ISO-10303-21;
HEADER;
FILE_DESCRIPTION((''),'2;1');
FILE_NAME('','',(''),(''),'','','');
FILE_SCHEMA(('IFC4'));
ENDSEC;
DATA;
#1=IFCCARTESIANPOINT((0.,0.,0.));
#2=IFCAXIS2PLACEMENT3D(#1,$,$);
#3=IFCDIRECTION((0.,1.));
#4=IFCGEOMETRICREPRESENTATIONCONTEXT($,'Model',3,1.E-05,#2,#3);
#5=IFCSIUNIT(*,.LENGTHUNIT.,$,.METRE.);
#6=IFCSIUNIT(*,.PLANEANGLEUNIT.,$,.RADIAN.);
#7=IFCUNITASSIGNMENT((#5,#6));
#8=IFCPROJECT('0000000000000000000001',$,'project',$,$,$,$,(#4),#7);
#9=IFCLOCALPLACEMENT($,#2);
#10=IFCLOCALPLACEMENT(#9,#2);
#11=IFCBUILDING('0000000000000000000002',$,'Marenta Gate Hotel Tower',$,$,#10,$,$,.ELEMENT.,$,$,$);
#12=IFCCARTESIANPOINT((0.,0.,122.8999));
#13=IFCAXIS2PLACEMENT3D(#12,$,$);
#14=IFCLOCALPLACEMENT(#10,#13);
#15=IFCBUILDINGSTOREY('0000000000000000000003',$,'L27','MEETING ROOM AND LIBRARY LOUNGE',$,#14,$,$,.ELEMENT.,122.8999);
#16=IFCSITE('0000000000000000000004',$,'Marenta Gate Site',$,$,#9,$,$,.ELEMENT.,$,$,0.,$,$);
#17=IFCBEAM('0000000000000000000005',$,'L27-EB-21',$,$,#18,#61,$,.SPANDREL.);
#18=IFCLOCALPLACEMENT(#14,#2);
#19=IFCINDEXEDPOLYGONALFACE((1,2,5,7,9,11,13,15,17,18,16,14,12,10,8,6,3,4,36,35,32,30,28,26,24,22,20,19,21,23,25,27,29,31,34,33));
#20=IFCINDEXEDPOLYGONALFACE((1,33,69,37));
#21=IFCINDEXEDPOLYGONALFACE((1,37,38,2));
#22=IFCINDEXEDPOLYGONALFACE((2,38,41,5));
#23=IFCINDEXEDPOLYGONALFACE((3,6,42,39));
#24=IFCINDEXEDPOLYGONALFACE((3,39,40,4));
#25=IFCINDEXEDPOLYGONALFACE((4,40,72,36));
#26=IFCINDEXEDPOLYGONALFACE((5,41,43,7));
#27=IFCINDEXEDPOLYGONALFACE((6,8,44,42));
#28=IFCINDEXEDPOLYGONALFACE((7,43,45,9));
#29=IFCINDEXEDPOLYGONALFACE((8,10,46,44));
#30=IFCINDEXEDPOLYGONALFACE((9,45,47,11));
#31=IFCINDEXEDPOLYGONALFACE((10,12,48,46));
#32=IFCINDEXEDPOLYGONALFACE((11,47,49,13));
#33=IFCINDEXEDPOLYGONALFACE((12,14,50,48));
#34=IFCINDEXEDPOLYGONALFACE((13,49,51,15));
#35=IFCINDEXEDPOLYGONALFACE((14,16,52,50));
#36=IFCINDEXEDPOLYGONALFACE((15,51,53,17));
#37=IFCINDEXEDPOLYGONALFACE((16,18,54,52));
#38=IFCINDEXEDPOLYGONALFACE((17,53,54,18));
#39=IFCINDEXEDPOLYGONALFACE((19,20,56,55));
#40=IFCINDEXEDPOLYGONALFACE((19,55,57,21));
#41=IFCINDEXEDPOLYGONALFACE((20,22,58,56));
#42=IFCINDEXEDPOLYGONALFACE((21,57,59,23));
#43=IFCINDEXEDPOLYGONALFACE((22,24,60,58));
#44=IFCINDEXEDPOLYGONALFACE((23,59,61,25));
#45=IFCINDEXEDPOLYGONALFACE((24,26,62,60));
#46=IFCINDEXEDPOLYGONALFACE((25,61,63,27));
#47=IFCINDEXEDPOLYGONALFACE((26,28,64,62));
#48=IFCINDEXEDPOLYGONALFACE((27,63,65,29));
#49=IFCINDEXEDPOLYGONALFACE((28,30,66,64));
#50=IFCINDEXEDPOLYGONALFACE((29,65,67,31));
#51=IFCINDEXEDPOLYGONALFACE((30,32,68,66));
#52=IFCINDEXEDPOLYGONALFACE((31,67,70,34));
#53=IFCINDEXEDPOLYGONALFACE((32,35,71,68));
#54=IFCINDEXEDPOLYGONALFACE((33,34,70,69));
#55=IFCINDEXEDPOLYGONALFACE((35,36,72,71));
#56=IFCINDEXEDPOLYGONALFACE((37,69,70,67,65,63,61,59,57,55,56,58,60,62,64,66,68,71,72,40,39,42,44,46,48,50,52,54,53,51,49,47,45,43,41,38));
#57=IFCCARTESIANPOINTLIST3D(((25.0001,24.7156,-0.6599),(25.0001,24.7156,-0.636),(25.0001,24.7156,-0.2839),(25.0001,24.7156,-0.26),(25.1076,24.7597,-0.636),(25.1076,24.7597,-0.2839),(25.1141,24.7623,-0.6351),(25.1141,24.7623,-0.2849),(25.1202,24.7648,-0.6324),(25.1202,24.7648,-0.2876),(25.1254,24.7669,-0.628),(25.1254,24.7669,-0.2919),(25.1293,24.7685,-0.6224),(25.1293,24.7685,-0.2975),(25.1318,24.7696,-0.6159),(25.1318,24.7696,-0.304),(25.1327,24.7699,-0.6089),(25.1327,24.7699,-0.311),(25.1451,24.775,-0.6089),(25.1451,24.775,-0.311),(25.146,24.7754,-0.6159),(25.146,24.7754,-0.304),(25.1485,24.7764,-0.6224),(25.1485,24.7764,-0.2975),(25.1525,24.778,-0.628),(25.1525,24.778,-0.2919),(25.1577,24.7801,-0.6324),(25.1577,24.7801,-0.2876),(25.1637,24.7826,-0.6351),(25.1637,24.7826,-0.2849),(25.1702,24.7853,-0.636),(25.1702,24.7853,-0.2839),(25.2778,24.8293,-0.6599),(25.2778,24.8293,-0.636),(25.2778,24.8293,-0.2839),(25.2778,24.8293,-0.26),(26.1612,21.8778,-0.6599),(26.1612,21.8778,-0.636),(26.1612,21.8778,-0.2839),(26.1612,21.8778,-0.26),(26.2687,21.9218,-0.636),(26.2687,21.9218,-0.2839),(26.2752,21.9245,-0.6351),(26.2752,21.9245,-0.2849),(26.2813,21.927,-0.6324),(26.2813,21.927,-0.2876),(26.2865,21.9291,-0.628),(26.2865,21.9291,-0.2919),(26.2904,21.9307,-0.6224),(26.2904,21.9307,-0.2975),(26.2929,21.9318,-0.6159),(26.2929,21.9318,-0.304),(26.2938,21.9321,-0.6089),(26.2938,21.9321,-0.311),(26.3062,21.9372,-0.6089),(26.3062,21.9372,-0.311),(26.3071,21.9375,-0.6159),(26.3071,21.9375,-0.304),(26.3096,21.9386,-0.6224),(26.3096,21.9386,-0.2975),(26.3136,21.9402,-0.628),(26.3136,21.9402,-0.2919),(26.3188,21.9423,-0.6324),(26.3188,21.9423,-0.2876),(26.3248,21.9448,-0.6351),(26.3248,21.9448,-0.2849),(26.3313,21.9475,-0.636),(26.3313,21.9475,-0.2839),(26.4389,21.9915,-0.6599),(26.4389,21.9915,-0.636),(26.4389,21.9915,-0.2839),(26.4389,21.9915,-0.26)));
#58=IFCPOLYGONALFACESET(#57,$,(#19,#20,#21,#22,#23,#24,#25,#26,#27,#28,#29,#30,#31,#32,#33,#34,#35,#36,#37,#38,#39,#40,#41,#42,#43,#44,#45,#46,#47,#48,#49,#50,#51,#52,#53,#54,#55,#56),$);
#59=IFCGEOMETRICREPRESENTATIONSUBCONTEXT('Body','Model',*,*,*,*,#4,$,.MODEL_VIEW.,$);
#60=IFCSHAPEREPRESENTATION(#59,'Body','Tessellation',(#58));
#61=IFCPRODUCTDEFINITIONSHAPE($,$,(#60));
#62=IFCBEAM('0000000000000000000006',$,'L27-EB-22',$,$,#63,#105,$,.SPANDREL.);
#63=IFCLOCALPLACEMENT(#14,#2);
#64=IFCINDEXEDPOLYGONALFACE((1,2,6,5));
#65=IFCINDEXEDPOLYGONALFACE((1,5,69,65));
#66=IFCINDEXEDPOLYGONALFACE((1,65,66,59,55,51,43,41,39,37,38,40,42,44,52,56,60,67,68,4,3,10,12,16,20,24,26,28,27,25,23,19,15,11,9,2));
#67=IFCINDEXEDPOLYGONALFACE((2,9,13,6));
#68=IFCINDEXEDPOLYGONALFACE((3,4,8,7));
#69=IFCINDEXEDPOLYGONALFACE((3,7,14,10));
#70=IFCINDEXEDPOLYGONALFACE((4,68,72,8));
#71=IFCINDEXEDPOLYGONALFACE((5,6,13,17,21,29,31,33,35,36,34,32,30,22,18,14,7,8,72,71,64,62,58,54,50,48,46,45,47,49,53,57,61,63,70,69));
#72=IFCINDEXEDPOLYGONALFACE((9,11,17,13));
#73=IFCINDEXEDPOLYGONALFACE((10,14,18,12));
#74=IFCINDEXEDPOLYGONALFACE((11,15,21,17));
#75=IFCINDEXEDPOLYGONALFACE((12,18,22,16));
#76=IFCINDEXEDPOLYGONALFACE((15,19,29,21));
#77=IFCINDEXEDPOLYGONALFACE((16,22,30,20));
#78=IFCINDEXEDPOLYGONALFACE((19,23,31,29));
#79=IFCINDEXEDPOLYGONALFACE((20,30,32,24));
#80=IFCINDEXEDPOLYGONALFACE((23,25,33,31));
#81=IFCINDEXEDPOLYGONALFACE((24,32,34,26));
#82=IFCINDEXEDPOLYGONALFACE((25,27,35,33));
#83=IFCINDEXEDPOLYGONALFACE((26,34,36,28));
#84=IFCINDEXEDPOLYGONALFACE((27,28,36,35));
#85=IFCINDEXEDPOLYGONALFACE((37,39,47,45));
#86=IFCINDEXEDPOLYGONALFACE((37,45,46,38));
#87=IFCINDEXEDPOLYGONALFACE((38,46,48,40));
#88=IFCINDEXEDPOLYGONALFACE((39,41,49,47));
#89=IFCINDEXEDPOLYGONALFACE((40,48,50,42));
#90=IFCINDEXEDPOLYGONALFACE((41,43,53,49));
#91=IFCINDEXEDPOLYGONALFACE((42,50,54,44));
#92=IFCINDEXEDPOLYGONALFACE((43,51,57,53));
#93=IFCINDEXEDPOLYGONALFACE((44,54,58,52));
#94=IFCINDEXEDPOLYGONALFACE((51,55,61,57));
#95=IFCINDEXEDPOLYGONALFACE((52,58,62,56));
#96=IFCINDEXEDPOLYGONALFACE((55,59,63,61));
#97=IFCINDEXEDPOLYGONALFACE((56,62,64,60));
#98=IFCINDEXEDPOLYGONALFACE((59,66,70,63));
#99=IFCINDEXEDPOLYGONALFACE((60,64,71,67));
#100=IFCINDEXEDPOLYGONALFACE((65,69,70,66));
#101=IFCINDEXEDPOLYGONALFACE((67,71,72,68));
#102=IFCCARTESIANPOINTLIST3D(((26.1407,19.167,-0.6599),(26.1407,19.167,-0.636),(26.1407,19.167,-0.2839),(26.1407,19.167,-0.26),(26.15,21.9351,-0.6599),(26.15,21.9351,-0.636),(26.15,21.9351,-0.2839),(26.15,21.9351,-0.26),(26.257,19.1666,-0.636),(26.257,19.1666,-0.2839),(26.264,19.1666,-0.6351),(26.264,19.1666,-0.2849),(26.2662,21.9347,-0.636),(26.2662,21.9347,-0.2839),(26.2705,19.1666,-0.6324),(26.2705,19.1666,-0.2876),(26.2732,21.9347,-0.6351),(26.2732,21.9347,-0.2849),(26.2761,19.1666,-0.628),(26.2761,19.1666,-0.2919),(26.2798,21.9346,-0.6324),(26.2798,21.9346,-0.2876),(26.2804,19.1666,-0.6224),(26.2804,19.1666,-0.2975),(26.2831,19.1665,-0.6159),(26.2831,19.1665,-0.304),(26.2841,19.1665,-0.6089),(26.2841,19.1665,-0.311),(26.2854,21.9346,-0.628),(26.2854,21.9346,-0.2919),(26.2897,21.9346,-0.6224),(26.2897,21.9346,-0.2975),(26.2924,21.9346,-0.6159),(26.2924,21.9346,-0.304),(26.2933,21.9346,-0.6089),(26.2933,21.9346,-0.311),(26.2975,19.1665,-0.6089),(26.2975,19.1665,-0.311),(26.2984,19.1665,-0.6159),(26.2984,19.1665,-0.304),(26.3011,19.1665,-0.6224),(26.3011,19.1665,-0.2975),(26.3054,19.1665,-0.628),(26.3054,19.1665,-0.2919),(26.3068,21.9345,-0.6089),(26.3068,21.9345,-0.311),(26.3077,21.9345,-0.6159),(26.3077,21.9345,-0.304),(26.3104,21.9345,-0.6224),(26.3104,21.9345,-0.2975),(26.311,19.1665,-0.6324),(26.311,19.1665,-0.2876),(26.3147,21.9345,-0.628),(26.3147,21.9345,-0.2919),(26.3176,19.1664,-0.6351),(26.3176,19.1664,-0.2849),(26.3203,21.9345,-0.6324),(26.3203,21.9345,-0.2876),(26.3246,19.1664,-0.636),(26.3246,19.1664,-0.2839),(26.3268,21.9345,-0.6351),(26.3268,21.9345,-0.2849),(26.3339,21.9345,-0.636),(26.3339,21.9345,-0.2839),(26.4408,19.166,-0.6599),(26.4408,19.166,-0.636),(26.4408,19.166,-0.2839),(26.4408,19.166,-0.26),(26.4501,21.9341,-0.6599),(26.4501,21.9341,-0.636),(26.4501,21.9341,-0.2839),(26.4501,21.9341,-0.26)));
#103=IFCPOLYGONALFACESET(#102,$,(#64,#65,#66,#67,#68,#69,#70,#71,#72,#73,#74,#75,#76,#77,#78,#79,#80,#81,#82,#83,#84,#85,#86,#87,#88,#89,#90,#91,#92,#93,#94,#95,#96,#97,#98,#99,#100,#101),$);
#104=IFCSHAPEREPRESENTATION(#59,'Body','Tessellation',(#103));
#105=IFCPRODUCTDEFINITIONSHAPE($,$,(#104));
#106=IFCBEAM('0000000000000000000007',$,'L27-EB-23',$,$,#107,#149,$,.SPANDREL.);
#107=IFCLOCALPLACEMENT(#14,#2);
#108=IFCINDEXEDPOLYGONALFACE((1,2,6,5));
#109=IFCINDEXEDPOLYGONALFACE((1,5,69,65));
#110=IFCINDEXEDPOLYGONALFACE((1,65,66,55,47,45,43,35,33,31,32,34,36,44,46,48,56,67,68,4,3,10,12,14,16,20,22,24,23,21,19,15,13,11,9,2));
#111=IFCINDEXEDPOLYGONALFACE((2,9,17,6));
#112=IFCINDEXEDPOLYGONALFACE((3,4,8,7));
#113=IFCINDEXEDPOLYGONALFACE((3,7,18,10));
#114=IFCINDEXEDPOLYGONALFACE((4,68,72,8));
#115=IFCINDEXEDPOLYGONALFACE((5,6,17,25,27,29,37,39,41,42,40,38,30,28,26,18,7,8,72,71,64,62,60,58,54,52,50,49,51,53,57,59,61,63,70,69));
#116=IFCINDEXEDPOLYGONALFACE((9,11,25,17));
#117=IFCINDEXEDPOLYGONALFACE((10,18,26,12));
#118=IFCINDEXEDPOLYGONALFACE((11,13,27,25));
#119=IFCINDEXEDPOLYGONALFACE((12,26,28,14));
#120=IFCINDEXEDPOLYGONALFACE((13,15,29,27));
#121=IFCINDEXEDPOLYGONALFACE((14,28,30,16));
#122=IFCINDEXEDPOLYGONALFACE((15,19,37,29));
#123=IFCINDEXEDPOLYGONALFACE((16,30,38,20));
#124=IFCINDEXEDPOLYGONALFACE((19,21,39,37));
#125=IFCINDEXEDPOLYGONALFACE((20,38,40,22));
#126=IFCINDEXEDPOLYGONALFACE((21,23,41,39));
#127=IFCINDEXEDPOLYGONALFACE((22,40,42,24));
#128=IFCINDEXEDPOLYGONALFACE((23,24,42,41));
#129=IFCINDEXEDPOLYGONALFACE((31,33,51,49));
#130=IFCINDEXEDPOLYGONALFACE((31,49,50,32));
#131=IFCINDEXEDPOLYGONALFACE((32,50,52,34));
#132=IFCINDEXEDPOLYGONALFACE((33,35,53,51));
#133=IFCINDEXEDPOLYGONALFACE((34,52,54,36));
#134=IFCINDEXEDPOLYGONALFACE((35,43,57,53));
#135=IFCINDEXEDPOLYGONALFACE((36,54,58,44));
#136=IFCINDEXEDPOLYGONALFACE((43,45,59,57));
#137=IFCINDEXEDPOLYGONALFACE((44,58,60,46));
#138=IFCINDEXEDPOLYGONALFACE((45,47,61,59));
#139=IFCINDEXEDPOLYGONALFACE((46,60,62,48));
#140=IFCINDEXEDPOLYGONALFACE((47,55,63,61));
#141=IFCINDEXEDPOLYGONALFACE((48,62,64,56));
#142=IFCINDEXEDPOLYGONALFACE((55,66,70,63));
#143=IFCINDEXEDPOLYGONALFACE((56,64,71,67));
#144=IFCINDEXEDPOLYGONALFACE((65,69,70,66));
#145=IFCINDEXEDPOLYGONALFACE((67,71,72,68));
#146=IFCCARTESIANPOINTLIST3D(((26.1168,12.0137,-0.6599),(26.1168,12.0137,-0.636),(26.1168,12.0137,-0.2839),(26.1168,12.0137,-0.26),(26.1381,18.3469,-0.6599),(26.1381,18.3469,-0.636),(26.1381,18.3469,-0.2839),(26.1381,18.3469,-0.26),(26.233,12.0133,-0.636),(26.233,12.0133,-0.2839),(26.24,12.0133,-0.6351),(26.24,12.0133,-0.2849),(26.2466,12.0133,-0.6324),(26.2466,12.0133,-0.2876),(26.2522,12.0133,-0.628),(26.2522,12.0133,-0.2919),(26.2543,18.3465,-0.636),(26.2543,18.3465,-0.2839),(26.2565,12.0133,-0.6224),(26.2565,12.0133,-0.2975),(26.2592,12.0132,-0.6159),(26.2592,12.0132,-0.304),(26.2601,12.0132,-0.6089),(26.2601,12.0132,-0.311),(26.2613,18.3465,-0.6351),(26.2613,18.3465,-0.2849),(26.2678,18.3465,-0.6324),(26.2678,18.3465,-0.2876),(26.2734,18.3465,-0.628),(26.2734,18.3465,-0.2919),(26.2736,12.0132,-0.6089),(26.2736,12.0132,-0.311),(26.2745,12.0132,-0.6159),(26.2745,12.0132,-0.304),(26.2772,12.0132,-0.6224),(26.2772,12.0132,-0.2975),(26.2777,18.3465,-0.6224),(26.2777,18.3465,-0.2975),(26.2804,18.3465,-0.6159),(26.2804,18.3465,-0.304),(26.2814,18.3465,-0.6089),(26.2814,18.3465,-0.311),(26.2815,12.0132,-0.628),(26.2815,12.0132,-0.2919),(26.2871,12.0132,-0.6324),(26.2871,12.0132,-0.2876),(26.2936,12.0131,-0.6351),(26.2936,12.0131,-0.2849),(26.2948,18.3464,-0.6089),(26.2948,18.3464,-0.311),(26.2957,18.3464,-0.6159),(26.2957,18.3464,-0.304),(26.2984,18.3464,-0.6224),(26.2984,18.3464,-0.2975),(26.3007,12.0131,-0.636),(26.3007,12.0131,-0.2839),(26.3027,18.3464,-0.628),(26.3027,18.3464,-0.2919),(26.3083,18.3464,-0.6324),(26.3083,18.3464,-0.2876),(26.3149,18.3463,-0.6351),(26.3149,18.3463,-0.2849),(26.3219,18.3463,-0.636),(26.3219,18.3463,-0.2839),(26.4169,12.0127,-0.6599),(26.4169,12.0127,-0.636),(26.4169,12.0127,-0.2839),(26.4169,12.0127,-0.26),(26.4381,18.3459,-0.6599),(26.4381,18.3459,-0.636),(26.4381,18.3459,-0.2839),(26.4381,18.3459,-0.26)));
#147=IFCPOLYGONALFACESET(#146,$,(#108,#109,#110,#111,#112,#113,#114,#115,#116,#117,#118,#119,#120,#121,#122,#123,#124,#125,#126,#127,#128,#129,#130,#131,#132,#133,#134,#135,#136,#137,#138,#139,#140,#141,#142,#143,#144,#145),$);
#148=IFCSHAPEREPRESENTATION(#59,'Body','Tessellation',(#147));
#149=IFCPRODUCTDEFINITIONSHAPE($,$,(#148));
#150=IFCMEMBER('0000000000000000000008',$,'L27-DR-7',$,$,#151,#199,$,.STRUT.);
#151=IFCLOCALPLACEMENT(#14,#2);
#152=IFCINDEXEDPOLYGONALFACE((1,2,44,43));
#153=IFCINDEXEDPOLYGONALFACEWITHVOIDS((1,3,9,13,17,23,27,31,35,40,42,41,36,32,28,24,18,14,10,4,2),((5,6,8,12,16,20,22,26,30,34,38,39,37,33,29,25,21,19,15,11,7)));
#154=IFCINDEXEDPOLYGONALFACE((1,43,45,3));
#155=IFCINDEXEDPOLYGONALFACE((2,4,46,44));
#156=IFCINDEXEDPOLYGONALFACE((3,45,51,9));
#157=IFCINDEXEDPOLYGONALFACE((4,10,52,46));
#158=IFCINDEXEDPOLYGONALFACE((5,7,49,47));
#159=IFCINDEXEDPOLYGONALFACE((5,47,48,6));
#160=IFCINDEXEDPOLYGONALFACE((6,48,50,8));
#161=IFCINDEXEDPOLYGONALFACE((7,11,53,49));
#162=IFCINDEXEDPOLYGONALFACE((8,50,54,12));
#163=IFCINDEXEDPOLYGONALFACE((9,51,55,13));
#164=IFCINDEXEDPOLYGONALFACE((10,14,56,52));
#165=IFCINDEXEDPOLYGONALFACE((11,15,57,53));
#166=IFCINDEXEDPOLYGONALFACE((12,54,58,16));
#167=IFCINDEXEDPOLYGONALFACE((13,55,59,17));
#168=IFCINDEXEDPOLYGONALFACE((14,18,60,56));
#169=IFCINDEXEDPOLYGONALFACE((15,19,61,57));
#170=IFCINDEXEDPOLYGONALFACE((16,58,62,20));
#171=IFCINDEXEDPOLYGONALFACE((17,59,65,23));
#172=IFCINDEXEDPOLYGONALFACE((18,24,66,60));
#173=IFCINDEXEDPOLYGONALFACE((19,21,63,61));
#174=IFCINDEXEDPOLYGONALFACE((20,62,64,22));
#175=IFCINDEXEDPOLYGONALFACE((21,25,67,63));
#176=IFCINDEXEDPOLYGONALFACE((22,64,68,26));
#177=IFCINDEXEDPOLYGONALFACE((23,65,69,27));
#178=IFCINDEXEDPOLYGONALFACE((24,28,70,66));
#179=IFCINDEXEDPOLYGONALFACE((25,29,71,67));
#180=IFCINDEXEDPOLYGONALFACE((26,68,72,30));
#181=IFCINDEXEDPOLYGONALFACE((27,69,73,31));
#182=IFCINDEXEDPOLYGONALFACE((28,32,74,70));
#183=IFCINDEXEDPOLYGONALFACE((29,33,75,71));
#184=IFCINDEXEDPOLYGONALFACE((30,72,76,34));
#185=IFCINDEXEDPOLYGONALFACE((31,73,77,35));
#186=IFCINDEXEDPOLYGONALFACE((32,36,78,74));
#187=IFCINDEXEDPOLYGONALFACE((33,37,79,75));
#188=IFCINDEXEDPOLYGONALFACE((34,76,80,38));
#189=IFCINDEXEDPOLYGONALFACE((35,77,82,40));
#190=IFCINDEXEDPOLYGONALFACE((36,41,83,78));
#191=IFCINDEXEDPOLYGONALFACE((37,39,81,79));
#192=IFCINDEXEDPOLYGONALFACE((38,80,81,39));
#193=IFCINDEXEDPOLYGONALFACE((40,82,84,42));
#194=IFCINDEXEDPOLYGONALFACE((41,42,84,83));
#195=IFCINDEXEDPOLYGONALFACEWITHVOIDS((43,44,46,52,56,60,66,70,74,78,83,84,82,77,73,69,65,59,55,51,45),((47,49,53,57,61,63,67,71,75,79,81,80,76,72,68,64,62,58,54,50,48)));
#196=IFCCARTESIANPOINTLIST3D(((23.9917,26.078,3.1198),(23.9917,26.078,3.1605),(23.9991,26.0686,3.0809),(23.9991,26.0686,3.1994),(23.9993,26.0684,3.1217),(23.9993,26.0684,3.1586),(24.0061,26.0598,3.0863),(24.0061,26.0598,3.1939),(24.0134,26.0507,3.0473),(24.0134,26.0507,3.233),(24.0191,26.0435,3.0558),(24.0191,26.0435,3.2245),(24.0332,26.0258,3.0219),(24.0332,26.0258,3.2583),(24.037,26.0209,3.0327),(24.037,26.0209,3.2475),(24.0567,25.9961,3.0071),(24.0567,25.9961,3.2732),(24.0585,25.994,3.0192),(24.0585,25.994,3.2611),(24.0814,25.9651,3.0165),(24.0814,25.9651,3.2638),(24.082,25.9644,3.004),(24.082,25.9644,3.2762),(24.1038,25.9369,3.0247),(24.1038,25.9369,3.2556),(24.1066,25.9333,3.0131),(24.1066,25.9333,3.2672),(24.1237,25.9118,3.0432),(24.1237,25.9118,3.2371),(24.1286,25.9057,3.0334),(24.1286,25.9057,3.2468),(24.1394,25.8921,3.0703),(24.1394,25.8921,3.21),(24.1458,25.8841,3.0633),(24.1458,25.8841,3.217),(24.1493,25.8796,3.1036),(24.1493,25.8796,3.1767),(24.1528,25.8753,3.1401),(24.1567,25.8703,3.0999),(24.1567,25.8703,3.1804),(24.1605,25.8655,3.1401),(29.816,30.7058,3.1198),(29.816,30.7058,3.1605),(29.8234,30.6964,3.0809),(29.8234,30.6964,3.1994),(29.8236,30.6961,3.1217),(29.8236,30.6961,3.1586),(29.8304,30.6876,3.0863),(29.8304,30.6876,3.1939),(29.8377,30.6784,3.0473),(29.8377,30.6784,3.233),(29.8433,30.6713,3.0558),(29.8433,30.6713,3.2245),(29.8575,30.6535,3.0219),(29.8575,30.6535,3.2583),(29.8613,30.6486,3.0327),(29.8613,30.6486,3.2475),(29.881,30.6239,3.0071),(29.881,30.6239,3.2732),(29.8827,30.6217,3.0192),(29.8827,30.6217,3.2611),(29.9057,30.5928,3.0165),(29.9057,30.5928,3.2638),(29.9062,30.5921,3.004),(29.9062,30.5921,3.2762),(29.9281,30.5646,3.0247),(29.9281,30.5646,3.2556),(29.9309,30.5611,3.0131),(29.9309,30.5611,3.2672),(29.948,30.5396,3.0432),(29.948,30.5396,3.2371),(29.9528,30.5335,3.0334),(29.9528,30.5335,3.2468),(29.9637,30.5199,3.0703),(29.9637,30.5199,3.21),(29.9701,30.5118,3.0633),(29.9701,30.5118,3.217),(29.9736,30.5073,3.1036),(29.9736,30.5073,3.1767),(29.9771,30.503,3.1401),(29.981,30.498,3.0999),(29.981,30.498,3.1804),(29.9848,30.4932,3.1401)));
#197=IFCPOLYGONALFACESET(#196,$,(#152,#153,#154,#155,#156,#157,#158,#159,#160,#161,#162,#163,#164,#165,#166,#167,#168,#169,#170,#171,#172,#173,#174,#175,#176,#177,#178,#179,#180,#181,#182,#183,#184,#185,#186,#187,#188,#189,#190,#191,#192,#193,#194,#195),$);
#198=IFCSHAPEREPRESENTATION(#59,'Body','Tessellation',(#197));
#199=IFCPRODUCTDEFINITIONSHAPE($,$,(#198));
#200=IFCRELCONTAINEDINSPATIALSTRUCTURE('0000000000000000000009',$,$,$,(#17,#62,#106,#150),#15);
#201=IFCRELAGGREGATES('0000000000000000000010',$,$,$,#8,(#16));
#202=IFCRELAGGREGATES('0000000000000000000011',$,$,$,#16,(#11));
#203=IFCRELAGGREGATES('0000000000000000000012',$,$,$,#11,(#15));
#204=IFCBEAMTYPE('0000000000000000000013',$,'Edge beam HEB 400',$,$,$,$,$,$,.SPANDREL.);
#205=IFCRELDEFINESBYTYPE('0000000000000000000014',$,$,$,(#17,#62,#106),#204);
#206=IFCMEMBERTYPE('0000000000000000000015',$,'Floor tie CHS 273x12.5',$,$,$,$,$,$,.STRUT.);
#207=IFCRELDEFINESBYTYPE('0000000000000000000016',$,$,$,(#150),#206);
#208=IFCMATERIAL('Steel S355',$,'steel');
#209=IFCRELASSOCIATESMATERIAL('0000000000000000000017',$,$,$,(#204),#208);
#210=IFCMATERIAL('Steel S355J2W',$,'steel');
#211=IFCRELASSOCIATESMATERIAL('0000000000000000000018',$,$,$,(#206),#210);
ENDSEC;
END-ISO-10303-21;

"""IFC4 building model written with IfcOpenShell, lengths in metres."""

from ifc_helpers import new_model, si_unit, direction, frame, origin, origin_2d, place, context, subcontext, project, spatial, hollow_circle, i_section, extrude, material, material_profile, profile_set, type_object, element, save


model = new_model("IFC4")

# Units and contexts
model_context = context("Model", 3, precision=1e-05, world=origin(), true_north=direction((0.0, 1.0)))
body_context = subcontext(model_context, "Body", "Model", "MODEL_VIEW")
ifc_project = project(units=[si_unit("LENGTHUNIT", "METRE"), si_unit("PLANEANGLEUNIT", "RADIAN")], contexts=[model_context])

# Site, building, storey
site_placement = place(None, origin())
site = spatial("IfcSite", under=ifc_project, at=site_placement, Name="Marenta Gate Site", CompositionType="ELEMENT", RefElevation=0.0)
building_placement = place(site_placement, origin())
building = spatial("IfcBuilding", under=site, at=building_placement, Name="Marenta Gate Hotel Tower", CompositionType="ELEMENT")
storey_placement = place(building_placement, frame((0.0, 0.0, 122.8999)))
storey = spatial("IfcBuildingStorey", under=building, at=storey_placement, Name="L27", Description="MEETING ROOM AND LIBRARY LOUNGE", CompositionType="ELEMENT", Elevation=122.8999)

# Beams
ifc_material_1 = material(Name="Steel S355", Category="steel")
ifc_material_profile_1 = material_profile(ifc_material_1, i_section(OverallWidth=0.3, OverallDepth=0.3999, WebThickness=0.0134, FlangeThickness=0.0239, FilletRadius=0.0271, at=origin_2d()), Name="HEB 400")
ifc_profile_set_1 = profile_set([ifc_material_profile_1], Name="Steel S355")
beam_type_1 = type_object("IfcBeamType", Name="Edge beam HEB 400", PredefinedType="SPANDREL", material=ifc_profile_set_1)
beam_1_placement = place(storey_placement, frame((25.1389, 24.7725, -0.46), z_axis=(0.378682, -0.925527, 0.0), x_axis=(0.925527, 0.378682, 0.0)))
element("IfcBeam", 1, at=beam_1_placement, inside=storey, type_object=beam_type_1, Name="L27-EB-21", PredefinedType="SPANDREL", context=body_context, shape_type="SweptSolid", body=[
    extrude(i_section(OverallWidth=0.3, OverallDepth=0.3999, WebThickness=0.0134, FlangeThickness=0.0239, FilletRadius=0.0271, at=origin_2d()), origin(), (0.0, 0.0, 1.0), 3.0662),
])
beam_2_placement = place(storey_placement, frame((26.3, 21.9346, -0.46), z_axis=(-0.003352, -0.999994, 0.0), x_axis=(0.999994, -0.003352, 0.0)))
element("IfcBeam", 2, at=beam_2_placement, inside=storey, type_object=beam_type_1, Name="L27-EB-22", PredefinedType="SPANDREL", context=body_context, shape_type="SweptSolid", body=[
    extrude(i_section(OverallWidth=0.3, OverallDepth=0.3999, WebThickness=0.0134, FlangeThickness=0.0239, FilletRadius=0.0271, at=origin_2d()), origin(), (0.0, 0.0, 1.0), 2.7681),
])
beam_3_placement = place(storey_placement, frame((26.2881, 18.3464, -0.46), z_axis=(-0.003354, -0.999994, 0.0), x_axis=(0.999994, -0.003354, 0.0)))
element("IfcBeam", 3, at=beam_3_placement, inside=storey, type_object=beam_type_1, Name="L27-EB-23", PredefinedType="SPANDREL", context=body_context, shape_type="SweptSolid", body=[
    extrude(i_section(OverallWidth=0.3, OverallDepth=0.3999, WebThickness=0.0134, FlangeThickness=0.0239, FilletRadius=0.0271, at=origin_2d()), origin(), (0.0, 0.0, 1.0), 6.3333),
])

# Member
ifc_material_2 = material(Name="Steel S355J2W", Category="steel")
ifc_material_profile_2 = material_profile(ifc_material_2, hollow_circle(Radius=0.1365, WallThickness=0.0125, at=origin_2d()), Name="CHS 273x12.5")
ifc_profile_set_2 = profile_set([ifc_material_profile_2], Name="Steel S355J2W")
member_type_1 = type_object("IfcMemberType", Name="Floor tie CHS 273x12.5", PredefinedType="STRUT", material=ifc_profile_set_2)
member_1_placement = place(storey_placement, frame((29.8999, 30.6001, 3.1401), z_axis=(-0.782943, -0.622094, 0.0), x_axis=(0.622094, -0.782943, 0.0)))
element("IfcMember", 4, at=member_1_placement, inside=storey, type_object=member_type_1, Name="L27-DR-7", PredefinedType="STRUT", context=body_context, shape_type="SweptSolid", body=[
    extrude(hollow_circle(Radius=0.1365, WallThickness=0.0125, at=origin_2d()), origin(), (0.0, 0.0, 1.0), 7.439),
])

save(model, "model.ifc")
